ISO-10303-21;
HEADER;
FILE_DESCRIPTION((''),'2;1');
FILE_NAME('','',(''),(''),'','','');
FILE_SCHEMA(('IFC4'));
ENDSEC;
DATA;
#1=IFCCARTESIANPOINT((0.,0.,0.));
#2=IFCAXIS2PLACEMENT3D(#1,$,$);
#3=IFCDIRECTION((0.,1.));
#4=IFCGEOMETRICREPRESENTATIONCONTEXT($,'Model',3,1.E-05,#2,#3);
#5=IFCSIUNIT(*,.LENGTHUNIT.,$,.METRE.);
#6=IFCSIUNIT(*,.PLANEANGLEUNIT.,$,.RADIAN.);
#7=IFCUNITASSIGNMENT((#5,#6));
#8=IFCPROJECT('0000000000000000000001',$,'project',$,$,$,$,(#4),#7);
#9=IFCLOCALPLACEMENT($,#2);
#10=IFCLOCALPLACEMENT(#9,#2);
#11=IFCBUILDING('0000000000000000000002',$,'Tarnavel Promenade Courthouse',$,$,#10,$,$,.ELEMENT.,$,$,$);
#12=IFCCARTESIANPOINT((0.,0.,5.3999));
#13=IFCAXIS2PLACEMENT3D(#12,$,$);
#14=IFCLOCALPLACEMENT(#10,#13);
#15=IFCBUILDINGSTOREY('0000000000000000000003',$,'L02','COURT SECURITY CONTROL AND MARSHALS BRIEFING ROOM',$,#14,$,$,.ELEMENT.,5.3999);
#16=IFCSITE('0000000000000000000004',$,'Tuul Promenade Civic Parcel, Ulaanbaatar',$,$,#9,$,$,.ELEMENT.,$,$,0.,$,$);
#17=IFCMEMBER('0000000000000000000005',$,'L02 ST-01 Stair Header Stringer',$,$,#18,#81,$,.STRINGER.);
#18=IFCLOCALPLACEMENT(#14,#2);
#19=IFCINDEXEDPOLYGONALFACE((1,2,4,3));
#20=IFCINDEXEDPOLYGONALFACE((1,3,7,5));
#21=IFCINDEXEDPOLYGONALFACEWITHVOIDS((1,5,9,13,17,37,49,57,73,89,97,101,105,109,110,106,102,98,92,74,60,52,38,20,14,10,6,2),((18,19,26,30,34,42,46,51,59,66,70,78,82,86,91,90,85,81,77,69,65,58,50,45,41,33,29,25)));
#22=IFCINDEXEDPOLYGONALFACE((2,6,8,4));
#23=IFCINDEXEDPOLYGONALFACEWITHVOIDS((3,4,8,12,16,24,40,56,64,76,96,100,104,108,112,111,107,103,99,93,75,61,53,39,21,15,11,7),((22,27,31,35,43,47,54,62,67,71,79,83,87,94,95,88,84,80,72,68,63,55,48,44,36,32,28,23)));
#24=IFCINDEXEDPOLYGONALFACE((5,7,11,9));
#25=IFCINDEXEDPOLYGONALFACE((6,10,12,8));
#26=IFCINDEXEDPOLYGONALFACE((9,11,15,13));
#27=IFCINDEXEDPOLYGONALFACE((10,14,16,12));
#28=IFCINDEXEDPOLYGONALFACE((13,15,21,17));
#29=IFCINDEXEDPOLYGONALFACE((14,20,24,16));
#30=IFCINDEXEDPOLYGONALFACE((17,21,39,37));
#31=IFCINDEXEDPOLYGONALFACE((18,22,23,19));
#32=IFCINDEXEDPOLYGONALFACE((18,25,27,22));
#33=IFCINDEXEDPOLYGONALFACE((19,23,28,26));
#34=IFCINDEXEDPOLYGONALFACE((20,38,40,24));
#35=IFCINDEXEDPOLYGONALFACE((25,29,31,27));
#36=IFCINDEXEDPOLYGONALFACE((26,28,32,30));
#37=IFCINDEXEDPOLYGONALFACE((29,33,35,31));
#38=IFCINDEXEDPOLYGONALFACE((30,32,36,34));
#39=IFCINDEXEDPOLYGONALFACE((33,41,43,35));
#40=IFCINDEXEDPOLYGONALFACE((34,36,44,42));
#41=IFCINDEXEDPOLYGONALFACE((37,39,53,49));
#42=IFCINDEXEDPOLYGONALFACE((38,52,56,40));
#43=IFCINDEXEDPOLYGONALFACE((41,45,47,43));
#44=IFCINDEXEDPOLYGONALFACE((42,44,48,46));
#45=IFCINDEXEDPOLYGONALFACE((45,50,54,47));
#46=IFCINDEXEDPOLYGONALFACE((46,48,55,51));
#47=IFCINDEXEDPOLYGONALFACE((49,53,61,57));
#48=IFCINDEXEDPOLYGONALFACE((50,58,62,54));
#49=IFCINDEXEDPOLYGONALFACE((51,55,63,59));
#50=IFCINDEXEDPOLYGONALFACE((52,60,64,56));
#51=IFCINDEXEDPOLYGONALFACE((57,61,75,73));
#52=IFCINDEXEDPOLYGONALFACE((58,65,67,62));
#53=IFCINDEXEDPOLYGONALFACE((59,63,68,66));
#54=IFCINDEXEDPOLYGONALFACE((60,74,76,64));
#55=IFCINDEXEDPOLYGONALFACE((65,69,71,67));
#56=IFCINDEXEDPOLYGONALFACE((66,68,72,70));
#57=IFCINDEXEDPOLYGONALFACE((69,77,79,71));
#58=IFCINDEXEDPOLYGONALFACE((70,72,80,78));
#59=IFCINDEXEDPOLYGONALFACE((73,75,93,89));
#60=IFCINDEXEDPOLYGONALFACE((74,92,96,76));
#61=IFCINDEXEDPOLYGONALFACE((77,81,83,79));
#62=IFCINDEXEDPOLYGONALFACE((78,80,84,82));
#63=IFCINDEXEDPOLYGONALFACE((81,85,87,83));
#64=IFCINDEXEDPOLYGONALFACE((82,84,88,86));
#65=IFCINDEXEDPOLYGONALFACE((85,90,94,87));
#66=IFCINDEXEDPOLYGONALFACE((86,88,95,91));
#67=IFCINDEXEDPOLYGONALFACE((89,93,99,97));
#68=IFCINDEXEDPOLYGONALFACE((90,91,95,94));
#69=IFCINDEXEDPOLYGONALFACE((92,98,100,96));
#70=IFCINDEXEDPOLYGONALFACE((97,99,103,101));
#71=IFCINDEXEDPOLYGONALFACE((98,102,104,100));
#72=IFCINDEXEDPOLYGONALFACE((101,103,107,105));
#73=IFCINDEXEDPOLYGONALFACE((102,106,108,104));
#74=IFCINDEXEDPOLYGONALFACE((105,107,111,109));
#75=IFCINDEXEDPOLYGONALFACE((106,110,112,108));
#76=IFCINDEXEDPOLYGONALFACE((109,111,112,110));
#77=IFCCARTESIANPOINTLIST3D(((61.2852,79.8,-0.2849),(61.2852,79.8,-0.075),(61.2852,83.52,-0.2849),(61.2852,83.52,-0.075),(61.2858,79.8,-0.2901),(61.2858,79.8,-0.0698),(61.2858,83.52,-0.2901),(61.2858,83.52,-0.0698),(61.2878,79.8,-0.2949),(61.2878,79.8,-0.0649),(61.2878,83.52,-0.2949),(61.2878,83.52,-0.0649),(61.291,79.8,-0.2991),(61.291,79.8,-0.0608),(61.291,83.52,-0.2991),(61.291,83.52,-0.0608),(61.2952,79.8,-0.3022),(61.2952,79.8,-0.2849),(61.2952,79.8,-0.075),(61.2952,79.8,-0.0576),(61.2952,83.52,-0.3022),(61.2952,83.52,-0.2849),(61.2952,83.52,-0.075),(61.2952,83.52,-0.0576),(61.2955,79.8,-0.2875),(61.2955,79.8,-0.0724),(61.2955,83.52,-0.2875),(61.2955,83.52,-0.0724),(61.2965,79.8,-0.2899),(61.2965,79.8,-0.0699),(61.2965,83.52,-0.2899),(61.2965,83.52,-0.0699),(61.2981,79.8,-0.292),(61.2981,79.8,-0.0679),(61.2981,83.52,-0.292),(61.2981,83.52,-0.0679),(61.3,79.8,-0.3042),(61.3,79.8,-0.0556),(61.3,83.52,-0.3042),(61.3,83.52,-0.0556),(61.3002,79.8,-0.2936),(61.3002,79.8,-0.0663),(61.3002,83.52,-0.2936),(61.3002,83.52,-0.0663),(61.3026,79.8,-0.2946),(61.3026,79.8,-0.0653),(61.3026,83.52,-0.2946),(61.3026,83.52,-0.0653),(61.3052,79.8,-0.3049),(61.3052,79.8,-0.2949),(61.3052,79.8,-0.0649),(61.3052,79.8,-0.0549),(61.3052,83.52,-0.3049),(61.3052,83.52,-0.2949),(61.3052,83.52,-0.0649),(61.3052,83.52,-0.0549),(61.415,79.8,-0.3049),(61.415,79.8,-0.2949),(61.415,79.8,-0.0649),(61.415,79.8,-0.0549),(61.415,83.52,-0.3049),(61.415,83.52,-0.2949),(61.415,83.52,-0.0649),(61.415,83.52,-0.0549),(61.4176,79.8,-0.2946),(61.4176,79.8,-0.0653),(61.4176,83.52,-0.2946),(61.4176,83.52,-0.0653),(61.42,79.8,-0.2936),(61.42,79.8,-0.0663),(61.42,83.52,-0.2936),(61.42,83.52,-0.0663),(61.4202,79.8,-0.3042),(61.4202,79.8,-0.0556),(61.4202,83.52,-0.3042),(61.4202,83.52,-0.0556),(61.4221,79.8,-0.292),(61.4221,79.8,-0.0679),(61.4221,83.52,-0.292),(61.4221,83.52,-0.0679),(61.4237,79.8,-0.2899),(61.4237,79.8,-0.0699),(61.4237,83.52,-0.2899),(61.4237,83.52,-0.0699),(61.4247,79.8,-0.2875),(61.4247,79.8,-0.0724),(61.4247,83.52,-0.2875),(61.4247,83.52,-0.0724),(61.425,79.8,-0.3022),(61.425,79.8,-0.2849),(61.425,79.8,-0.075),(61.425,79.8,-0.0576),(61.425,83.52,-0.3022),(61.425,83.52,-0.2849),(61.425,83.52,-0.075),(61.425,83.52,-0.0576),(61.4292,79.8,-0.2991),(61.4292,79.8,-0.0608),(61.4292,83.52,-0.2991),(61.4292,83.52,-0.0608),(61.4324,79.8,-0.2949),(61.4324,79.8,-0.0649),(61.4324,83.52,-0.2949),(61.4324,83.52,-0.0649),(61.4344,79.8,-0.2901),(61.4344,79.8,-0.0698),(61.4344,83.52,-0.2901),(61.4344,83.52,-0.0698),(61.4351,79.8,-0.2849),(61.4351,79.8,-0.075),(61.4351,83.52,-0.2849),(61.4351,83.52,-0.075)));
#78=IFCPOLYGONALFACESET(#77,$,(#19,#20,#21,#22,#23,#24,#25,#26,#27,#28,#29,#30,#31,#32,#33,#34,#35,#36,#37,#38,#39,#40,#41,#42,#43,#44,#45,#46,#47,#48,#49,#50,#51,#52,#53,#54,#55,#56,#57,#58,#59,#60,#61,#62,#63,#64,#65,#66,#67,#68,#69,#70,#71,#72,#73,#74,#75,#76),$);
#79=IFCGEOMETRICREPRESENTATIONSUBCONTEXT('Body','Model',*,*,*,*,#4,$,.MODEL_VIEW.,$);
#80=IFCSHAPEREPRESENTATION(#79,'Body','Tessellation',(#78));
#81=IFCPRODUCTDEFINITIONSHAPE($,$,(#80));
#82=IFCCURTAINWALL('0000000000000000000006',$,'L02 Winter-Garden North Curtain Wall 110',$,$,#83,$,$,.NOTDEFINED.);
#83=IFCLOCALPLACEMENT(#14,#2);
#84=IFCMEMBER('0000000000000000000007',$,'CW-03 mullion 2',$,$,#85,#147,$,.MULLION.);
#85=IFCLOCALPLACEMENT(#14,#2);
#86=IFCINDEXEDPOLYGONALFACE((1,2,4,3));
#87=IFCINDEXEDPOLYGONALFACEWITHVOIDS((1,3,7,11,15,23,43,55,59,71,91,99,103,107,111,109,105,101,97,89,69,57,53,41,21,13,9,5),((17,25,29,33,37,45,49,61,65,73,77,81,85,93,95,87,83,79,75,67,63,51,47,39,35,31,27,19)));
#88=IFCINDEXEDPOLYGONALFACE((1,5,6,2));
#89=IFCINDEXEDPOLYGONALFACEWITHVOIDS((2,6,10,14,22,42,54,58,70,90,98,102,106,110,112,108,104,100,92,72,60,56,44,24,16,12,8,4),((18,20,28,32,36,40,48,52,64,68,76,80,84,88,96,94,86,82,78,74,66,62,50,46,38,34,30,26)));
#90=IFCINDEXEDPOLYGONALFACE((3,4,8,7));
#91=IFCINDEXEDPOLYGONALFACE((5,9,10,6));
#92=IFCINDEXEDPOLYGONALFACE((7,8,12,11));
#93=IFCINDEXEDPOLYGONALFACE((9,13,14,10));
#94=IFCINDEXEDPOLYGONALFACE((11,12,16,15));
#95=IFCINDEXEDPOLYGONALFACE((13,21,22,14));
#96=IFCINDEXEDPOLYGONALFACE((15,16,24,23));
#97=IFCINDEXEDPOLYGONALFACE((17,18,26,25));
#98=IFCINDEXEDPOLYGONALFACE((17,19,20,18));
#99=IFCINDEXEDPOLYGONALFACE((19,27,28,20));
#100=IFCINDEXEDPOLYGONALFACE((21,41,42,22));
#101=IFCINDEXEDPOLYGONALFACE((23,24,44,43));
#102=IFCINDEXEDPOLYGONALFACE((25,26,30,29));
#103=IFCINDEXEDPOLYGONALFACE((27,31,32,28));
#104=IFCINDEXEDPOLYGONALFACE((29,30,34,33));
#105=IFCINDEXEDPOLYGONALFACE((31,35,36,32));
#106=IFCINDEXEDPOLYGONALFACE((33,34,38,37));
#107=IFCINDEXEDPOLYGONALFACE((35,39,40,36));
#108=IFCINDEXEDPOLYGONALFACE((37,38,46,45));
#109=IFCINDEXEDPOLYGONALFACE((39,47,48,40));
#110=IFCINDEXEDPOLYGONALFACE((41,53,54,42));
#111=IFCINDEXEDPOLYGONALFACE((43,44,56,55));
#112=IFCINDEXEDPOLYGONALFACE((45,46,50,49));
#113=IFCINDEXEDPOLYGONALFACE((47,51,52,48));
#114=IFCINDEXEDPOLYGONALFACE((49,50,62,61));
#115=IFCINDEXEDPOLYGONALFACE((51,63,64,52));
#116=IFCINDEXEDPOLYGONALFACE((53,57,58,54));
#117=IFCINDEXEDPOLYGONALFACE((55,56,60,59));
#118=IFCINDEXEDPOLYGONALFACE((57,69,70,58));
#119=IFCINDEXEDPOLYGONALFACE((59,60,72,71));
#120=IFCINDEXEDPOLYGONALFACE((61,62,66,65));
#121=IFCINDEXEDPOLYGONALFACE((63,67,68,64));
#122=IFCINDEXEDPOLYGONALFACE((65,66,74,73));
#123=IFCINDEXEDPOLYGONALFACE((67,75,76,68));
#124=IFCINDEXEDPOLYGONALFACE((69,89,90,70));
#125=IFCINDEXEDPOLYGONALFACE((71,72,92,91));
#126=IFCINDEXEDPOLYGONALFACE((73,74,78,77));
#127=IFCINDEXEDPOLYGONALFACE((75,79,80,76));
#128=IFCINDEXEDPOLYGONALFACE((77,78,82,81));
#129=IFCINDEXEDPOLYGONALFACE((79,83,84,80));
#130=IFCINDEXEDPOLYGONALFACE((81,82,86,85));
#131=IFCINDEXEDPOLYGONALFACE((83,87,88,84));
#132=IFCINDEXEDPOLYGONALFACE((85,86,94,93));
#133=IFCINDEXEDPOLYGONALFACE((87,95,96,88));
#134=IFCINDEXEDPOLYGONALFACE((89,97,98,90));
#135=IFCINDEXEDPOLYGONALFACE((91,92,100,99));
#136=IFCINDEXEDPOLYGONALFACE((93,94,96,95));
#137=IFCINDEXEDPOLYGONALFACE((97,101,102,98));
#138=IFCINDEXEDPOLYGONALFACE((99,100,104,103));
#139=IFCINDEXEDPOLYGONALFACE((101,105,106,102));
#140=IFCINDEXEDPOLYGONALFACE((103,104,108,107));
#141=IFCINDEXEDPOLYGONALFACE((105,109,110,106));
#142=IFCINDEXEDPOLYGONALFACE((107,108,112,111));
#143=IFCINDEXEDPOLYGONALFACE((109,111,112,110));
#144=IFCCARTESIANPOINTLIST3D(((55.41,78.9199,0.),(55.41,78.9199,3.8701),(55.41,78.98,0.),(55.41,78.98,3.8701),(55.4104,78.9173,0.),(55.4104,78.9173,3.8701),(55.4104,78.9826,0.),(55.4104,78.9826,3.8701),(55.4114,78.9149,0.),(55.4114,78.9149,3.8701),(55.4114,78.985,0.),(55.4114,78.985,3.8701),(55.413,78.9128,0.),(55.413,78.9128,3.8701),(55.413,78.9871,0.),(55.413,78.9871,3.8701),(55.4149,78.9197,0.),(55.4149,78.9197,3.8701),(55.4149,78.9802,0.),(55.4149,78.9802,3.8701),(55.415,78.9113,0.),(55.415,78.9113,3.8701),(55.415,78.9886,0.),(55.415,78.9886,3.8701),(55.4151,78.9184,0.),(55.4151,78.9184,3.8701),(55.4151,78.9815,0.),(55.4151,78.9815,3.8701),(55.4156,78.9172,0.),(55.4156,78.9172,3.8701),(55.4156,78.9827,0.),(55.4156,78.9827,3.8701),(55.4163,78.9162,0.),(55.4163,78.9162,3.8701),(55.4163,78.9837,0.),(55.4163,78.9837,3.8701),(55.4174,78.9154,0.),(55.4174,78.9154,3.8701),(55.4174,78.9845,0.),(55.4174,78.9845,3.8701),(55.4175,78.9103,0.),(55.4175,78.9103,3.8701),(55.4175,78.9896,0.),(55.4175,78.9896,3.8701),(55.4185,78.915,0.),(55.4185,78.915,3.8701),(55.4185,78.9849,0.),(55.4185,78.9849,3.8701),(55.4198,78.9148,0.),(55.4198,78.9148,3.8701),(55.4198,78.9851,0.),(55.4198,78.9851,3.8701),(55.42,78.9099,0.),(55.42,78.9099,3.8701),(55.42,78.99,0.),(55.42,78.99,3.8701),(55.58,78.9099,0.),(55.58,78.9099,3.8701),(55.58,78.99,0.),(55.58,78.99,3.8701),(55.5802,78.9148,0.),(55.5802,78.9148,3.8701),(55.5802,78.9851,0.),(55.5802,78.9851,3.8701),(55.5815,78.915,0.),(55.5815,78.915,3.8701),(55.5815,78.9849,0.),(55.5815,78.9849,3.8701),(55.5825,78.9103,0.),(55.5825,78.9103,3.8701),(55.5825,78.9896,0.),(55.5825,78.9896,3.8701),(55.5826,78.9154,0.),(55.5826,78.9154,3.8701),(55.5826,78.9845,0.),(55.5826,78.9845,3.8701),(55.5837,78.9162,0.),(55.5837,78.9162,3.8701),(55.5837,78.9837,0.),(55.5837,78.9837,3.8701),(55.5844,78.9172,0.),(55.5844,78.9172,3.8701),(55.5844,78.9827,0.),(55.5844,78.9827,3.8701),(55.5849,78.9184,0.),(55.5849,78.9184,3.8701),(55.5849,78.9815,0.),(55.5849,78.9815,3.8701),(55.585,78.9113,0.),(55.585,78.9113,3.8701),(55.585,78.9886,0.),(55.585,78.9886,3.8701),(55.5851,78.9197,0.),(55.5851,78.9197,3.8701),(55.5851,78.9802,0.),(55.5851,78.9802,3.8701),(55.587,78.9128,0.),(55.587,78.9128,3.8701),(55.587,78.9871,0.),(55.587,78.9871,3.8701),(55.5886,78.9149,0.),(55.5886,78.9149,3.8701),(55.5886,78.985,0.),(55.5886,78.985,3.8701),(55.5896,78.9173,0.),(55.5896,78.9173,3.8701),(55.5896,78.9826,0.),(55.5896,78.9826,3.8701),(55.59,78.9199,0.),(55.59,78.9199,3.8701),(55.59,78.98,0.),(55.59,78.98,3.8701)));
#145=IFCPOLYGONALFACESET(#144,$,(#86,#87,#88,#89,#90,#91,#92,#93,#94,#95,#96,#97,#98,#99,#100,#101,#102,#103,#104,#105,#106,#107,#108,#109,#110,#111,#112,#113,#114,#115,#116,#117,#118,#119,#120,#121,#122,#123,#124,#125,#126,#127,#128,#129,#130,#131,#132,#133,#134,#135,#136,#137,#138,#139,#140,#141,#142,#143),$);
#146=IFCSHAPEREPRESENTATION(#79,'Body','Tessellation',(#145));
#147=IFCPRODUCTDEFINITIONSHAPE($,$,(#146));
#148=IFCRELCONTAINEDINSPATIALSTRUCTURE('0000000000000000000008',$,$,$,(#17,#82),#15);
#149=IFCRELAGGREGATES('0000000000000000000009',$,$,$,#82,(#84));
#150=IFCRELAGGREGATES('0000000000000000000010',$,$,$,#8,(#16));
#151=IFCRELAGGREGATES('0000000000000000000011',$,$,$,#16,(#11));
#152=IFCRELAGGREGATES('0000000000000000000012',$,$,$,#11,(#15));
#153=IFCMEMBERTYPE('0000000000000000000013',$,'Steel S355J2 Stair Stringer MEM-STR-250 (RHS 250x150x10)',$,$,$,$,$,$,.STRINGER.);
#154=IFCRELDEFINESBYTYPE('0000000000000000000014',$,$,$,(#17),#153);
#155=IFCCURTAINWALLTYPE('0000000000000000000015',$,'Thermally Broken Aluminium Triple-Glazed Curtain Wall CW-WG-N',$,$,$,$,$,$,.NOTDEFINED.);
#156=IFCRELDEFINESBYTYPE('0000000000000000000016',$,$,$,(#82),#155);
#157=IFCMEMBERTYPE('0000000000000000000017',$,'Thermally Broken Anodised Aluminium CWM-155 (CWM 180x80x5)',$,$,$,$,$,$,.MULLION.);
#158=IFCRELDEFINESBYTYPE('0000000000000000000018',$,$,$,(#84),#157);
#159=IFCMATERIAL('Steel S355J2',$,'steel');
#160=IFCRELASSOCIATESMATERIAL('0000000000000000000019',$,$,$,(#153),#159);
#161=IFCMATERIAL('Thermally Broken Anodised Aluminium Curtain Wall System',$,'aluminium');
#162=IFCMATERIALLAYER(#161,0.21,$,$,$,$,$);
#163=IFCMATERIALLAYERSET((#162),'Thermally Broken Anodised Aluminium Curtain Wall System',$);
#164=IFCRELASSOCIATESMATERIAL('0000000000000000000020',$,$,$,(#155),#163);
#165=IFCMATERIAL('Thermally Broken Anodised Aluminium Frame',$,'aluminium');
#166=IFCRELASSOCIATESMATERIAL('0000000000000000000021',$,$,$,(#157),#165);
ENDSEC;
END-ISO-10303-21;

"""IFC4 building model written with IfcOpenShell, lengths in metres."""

from ifc_helpers import new_model, si_unit, direction, frame, origin, origin_2d, place, context, subcontext, project, spatial, hollow_rectangle, extrude, material, layer, layer_set, material_profile, profile_set, type_object, element, aggregate, save


model = new_model("IFC4")

# Units and contexts
model_context = context("Model", 3, precision=1e-05, world=origin(), true_north=direction((0.0, 1.0)))
body_context = subcontext(model_context, "Body", "Model", "MODEL_VIEW")
ifc_project = project(units=[si_unit("LENGTHUNIT", "METRE"), si_unit("PLANEANGLEUNIT", "RADIAN")], contexts=[model_context])

# Site, building, storey
site_placement = place(None, origin())
site = spatial("IfcSite", under=ifc_project, at=site_placement, Name="Tuul Promenade Civic Parcel, Ulaanbaatar", CompositionType="ELEMENT", RefElevation=0.0)
building_placement = place(site_placement, origin())
building = spatial("IfcBuilding", under=site, at=building_placement, Name="Tarnavel Promenade Courthouse", CompositionType="ELEMENT")
storey_placement = place(building_placement, frame((0.0, 0.0, 5.3999)))
storey = spatial("IfcBuildingStorey", under=building, at=storey_placement, Name="L02", Description="COURT SECURITY CONTROL AND MARSHALS BRIEFING ROOM", CompositionType="ELEMENT", Elevation=5.3999)

# Member
ifc_material_1 = material(Name="Steel S355J2", Category="steel")
ifc_material_profile_1 = material_profile(ifc_material_1, hollow_rectangle(XDim=0.1499, YDim=0.25, WallThickness=0.01, InnerFilletRadius=0.01, OuterFilletRadius=0.02, at=origin_2d()), Name="RHS 250x150x10")
ifc_profile_set_1 = profile_set([ifc_material_profile_1], Name="Steel S355J2")
member_type_1 = type_object("IfcMemberType", Name="Steel S355J2 Stair Stringer MEM-STR-250 (RHS 250x150x10)", PredefinedType="STRINGER", material=ifc_profile_set_1)
member_1_placement = place(storey_placement, frame((61.3601, 79.8, -0.1799), z_axis=(0.0, 1.0, 0.0), x_axis=(-1.0, 0.0, 0.0)))
element("IfcMember", 1, at=member_1_placement, inside=storey, type_object=member_type_1, Name="L02 ST-01 Stair Header Stringer", PredefinedType="STRINGER", context=body_context, shape_type="SweptSolid", body=[
    extrude(hollow_rectangle(XDim=0.1499, YDim=0.25, WallThickness=0.01, InnerFilletRadius=0.01, OuterFilletRadius=0.02, at=origin_2d()), origin(), (0.0, 0.0, 1.0), 3.72),
])

# Curtain wall, member
ifc_material_2 = material(Name="Thermally Broken Anodised Aluminium Curtain Wall System", Category="aluminium")
ifc_layer_1 = layer(ifc_material_2, 0.21)
ifc_layer_set_1 = layer_set([ifc_layer_1], Name="Thermally Broken Anodised Aluminium Curtain Wall System")
curtain_wall_type = type_object("IfcCurtainWallType", Name="Thermally Broken Aluminium Triple-Glazed Curtain Wall CW-WG-N", PredefinedType="NOTDEFINED", material=ifc_layer_set_1)
curtain_wall_placement = place(storey_placement, origin())
curtain_wall = element("IfcCurtainWall", 2, at=curtain_wall_placement, inside=storey, type_object=curtain_wall_type, Name="L02 Winter-Garden North Curtain Wall 110", PredefinedType="NOTDEFINED")
ifc_material_3 = material(Name="Thermally Broken Anodised Aluminium Frame", Category="aluminium")
ifc_material_profile_2 = material_profile(ifc_material_3, hollow_rectangle(XDim=0.0801, YDim=0.1799, WallThickness=0.0049, InnerFilletRadius=0.0049, OuterFilletRadius=0.01, at=origin_2d()), Name="CWM 180x80x5")
ifc_profile_set_2 = profile_set([ifc_material_profile_2], Name="Thermally Broken Anodised Aluminium Frame")
member_type_2 = type_object("IfcMemberType", Name="Thermally Broken Anodised Aluminium CWM-155 (CWM 180x80x5)", PredefinedType="MULLION", material=ifc_profile_set_2)
member_2_placement = place(storey_placement, frame((55.5, 78.95, 0.0), z_axis=(0.0, 0.0, 1.0), x_axis=(0.0, 1.0, 0.0)))
member_2 = element("IfcMember", 3, at=member_2_placement, type_object=member_type_2, Name="CW-03 mullion 2", PredefinedType="MULLION", context=body_context, shape_type="SweptSolid", body=[
    extrude(hollow_rectangle(XDim=0.0801, YDim=0.1799, WallThickness=0.0049, InnerFilletRadius=0.0049, OuterFilletRadius=0.01, at=origin_2d()), origin(), (0.0, 0.0, 1.0), 3.8701),
])
aggregate(curtain_wall, [member_2])

save(model, "model.ifc")
